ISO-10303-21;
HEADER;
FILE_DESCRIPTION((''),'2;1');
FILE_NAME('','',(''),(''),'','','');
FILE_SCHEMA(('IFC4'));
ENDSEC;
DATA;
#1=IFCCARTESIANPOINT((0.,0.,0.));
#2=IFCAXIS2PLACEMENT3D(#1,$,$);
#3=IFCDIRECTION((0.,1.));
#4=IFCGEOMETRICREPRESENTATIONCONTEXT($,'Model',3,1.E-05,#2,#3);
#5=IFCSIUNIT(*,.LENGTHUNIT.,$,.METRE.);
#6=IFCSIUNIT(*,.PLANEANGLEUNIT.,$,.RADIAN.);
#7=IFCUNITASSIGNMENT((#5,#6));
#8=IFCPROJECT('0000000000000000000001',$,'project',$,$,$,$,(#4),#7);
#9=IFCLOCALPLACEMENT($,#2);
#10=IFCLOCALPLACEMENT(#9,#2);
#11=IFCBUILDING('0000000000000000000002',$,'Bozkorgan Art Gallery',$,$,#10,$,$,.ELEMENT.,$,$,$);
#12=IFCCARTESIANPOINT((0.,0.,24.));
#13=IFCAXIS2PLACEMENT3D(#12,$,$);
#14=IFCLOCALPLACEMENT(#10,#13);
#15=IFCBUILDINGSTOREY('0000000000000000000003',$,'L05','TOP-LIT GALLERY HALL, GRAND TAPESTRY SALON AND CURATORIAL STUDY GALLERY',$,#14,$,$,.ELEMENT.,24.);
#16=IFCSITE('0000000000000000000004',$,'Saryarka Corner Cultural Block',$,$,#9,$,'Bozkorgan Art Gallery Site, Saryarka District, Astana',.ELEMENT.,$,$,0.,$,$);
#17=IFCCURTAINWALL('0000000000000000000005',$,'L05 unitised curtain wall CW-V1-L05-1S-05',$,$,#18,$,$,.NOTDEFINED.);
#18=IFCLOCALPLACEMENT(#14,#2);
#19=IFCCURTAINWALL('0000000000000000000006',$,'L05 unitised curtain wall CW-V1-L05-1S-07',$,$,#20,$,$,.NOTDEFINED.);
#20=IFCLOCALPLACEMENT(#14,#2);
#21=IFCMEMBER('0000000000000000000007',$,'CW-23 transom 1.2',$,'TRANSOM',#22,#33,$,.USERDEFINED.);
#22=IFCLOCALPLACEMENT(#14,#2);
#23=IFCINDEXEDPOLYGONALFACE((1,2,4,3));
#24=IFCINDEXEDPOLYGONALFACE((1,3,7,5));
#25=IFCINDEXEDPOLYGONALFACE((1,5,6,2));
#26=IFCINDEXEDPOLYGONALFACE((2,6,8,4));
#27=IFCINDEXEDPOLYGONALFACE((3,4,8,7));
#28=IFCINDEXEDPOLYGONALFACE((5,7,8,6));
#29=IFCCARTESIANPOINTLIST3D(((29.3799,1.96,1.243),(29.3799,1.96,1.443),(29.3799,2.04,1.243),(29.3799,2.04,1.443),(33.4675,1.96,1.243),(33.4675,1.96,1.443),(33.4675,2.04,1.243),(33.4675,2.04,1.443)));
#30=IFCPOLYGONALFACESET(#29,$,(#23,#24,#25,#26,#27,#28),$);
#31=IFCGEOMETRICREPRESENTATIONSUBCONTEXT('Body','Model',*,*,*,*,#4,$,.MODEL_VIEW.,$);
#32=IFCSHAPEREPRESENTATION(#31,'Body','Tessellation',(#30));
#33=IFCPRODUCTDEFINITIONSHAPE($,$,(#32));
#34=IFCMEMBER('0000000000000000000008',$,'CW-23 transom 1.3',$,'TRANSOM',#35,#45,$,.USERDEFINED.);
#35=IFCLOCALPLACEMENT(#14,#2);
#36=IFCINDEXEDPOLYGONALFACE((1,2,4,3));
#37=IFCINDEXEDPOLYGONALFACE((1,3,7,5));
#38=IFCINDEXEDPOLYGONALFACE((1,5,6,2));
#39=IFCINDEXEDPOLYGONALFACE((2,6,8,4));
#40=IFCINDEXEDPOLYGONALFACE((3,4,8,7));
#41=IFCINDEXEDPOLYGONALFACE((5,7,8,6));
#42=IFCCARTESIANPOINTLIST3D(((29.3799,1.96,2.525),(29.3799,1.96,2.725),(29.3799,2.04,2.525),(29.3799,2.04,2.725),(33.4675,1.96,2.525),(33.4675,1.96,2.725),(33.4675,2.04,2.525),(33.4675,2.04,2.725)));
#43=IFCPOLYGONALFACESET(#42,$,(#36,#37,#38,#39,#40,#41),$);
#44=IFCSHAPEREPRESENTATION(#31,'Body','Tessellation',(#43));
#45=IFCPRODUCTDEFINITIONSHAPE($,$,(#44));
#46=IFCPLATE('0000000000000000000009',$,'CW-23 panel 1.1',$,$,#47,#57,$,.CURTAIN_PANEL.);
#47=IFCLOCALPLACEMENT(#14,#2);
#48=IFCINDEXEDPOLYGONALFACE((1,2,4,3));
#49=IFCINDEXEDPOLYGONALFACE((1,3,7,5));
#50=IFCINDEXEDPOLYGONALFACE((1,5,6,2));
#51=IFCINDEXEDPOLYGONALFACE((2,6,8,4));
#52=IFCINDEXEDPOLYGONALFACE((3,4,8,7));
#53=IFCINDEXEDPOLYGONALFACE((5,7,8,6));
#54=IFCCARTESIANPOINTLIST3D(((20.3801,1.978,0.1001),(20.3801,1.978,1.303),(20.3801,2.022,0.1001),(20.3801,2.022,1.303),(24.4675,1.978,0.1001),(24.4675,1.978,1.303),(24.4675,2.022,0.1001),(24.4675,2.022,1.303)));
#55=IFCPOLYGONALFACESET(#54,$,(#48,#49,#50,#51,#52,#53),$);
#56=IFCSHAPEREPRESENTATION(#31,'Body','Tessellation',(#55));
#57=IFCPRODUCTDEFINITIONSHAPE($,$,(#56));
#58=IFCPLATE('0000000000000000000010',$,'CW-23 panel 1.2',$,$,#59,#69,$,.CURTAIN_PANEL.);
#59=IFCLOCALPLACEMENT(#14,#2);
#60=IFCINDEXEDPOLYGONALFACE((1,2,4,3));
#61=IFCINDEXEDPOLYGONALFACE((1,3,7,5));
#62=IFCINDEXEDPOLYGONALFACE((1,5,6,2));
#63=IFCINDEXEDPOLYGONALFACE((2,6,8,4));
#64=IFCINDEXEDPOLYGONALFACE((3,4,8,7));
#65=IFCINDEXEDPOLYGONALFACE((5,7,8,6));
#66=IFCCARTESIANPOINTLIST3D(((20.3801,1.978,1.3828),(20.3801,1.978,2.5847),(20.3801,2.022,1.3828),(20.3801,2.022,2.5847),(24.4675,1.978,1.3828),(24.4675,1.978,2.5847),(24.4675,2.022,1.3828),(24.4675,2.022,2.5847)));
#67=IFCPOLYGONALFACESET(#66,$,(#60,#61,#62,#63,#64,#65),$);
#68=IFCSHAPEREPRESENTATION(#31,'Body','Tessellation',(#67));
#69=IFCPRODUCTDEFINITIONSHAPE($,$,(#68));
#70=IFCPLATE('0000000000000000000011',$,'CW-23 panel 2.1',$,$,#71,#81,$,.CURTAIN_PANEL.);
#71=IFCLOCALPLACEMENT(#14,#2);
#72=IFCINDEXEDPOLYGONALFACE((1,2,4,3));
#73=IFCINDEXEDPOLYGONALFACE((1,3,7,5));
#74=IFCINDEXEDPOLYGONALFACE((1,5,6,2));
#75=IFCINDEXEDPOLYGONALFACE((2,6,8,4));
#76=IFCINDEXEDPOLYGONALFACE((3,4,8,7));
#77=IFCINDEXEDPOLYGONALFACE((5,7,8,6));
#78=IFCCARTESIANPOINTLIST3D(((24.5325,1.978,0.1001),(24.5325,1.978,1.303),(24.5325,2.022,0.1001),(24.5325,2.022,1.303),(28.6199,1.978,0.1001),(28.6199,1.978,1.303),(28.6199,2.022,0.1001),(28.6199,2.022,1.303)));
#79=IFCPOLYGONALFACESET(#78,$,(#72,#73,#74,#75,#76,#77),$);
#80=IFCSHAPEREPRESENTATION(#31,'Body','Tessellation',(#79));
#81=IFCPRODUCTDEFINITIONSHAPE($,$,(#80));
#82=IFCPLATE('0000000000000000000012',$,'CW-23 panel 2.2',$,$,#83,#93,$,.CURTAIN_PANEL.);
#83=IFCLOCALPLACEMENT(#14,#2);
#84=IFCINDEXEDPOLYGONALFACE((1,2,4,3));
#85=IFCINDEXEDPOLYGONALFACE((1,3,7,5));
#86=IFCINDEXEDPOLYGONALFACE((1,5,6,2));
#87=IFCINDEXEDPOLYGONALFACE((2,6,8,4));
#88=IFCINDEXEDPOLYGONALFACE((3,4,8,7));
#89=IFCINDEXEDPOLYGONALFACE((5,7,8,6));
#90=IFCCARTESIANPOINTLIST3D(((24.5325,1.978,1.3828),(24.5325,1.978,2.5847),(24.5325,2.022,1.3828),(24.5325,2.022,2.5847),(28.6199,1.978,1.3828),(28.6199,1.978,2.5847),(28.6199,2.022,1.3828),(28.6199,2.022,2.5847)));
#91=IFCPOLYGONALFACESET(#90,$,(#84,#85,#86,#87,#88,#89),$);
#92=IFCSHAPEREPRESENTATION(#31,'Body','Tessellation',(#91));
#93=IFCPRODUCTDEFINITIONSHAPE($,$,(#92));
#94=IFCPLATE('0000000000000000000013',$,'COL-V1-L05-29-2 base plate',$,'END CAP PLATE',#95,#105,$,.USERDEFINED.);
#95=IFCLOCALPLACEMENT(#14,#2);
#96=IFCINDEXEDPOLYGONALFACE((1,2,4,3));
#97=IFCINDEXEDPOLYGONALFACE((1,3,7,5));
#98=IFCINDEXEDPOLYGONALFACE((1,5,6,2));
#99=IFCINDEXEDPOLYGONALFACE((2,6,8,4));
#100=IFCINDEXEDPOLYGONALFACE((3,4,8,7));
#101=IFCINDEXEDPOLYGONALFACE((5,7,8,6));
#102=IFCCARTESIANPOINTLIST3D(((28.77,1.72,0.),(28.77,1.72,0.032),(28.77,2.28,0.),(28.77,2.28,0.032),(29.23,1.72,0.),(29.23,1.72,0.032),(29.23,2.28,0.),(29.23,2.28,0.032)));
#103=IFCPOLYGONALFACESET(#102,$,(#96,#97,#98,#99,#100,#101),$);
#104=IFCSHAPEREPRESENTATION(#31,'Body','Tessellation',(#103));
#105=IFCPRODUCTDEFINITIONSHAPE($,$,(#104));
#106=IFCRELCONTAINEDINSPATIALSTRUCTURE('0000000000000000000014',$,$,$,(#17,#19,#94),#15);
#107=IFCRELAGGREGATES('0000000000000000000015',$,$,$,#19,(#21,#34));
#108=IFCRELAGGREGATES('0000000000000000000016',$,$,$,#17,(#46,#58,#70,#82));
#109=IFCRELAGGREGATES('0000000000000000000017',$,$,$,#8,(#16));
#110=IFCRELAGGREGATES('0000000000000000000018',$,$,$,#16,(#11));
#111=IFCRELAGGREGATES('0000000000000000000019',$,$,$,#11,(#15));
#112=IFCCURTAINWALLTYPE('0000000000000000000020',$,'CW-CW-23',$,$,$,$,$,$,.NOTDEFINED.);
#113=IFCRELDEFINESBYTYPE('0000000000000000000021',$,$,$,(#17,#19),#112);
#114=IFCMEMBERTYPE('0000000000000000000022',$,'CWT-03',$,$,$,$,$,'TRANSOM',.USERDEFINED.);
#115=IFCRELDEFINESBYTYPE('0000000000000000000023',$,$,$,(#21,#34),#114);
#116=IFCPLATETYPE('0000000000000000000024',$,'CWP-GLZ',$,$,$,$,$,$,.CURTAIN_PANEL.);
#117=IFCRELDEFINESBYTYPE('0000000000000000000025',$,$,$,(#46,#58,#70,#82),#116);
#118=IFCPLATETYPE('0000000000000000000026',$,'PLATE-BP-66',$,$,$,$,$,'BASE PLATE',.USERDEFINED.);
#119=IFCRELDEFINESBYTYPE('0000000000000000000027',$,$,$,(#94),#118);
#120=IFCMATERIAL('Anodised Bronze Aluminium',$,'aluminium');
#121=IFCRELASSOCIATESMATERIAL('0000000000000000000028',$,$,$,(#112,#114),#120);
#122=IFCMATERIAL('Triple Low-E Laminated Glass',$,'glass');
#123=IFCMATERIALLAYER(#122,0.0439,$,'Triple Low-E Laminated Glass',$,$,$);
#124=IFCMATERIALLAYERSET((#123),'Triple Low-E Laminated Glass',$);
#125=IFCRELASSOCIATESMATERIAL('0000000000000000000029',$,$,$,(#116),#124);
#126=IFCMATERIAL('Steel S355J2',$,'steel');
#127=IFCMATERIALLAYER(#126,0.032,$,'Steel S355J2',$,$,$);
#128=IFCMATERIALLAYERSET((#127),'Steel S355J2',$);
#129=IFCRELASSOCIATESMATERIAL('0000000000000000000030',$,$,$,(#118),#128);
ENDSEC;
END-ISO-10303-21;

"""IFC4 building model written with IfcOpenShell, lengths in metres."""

from ifc_helpers import new_model, si_unit, direction, frame, origin, origin_2d, place, context, subcontext, project, spatial, rectangle, extrude, material, layer, layer_set, material_profile, profile_set, type_object, element, aggregate, save


model = new_model("IFC4")

# Units and contexts
model_context = context("Model", 3, precision=1e-05, world=origin(), true_north=direction((0.0, 1.0)))
body_context = subcontext(model_context, "Body", "Model", "MODEL_VIEW")
ifc_project = project(units=[si_unit("LENGTHUNIT", "METRE"), si_unit("PLANEANGLEUNIT", "RADIAN")], contexts=[model_context])

# Site, building, storey
site_placement = place(None, origin())
site = spatial("IfcSite", under=ifc_project, at=site_placement, Name="Saryarka Corner Cultural Block", LongName="Bozkorgan Art Gallery Site, Saryarka District, Astana", CompositionType="ELEMENT", RefElevation=0.0)
building_placement = place(site_placement, origin())
building = spatial("IfcBuilding", under=site, at=building_placement, Name="Bozkorgan Art Gallery", CompositionType="ELEMENT")
storey_placement = place(building_placement, frame((0.0, 0.0, 24.0)))
storey = spatial("IfcBuildingStorey", under=building, at=storey_placement, Name="L05", Description="TOP-LIT GALLERY HALL, GRAND TAPESTRY SALON AND CURATORIAL STUDY GALLERY", CompositionType="ELEMENT", Elevation=24.0)

# Shared definitions
ifc_material_1 = material(Name="Steel S355J2", Category="steel")

# Curtain wall
ifc_material_2 = material(Name="Anodised Bronze Aluminium", Category="aluminium")
curtain_wall_type = type_object("IfcCurtainWallType", Name="CW-CW-23", PredefinedType="NOTDEFINED", material=ifc_material_2)
curtain_wall_1_placement = place(storey_placement, origin())
curtain_wall_1 = element("IfcCurtainWall", 1, at=curtain_wall_1_placement, inside=storey, type_object=curtain_wall_type, Name="L05 unitised curtain wall CW-V1-L05-1S-05", PredefinedType="NOTDEFINED")

# Curtain wall
curtain_wall_2_placement = place(storey_placement, origin())
curtain_wall_2 = element("IfcCurtainWall", 2, at=curtain_wall_2_placement, inside=storey, type_object=curtain_wall_type, Name="L05 unitised curtain wall CW-V1-L05-1S-07", PredefinedType="NOTDEFINED")

# Members
ifc_material_profile_1 = material_profile(ifc_material_2, rectangle(XDim=0.0801, YDim=0.2, at=origin_2d()), Name="ALU TRANSOM 80x200")
ifc_profile_set_1 = profile_set([ifc_material_profile_1], Name="Anodised Bronze Aluminium")
member_type_1 = type_object("IfcMemberType", Name="CWT-03", ElementType="TRANSOM", PredefinedType="USERDEFINED", material=ifc_profile_set_1)
member_1_placement = place(storey_placement, frame((29.3799, 2.0, 1.343), z_axis=(1.0, 0.0, 0.0), x_axis=(0.0, 1.0, 0.0)))
member_1 = element("IfcMember", 3, at=member_1_placement, type_object=member_type_1, Name="CW-23 transom 1.2", ObjectType="TRANSOM", PredefinedType="USERDEFINED", context=body_context, shape_type="SweptSolid", body=[
    extrude(rectangle(XDim=0.0801, YDim=0.2, at=origin_2d()), origin(), (0.0, 0.0, 1.0), 4.0876),
])
member_2_placement = place(storey_placement, frame((29.3799, 2.0, 2.625), z_axis=(1.0, 0.0, 0.0), x_axis=(0.0, 1.0, 0.0)))
member_2 = element("IfcMember", 4, at=member_2_placement, type_object=member_type_1, Name="CW-23 transom 1.3", ObjectType="TRANSOM", PredefinedType="USERDEFINED", context=body_context, shape_type="SweptSolid", body=[
    extrude(rectangle(XDim=0.0801, YDim=0.2, at=origin_2d()), origin(), (0.0, 0.0, 1.0), 4.0876),
])
aggregate(curtain_wall_2, [member_1, member_2])

# Plates
ifc_material_3 = material(Name="Triple Low-E Laminated Glass", Category="glass")
ifc_layer_1 = layer(ifc_material_3, 0.0439, Name="Triple Low-E Laminated Glass")
ifc_layer_set_1 = layer_set([ifc_layer_1], Name="Triple Low-E Laminated Glass")
plate_type_1 = type_object("IfcPlateType", Name="CWP-GLZ", PredefinedType="CURTAIN_PANEL", material=ifc_layer_set_1)
plate_1_placement = place(storey_placement, frame((22.4238, 2.0, 0.1001), z_axis=(0.0, 0.0, 1.0), x_axis=(1.0, 0.0, 0.0)))
plate_1 = element("IfcPlate", 5, at=plate_1_placement, type_object=plate_type_1, Name="CW-23 panel 1.1", PredefinedType="CURTAIN_PANEL", context=body_context, shape_type="SweptSolid", body=[
    extrude(rectangle(XDim=4.0874, YDim=0.0439, at=origin_2d()), origin(), (0.0, 0.0, 1.0), 1.2029),
])
plate_2_placement = place(storey_placement, frame((22.4238, 2.0, 1.3828), z_axis=(0.0, 0.0, 1.0), x_axis=(1.0, 0.0, 0.0)))
plate_2 = element("IfcPlate", 6, at=plate_2_placement, type_object=plate_type_1, Name="CW-23 panel 1.2", PredefinedType="CURTAIN_PANEL", context=body_context, shape_type="SweptSolid", body=[
    extrude(rectangle(XDim=4.0874, YDim=0.0439, at=origin_2d()), origin(), (0.0, 0.0, 1.0), 1.2019),
])
plate_3_placement = place(storey_placement, frame((26.5762, 2.0, 0.1001), z_axis=(0.0, 0.0, 1.0), x_axis=(1.0, 0.0, 0.0)))
plate_3 = element("IfcPlate", 7, at=plate_3_placement, type_object=plate_type_1, Name="CW-23 panel 2.1", PredefinedType="CURTAIN_PANEL", context=body_context, shape_type="SweptSolid", body=[
    extrude(rectangle(XDim=4.0874, YDim=0.0439, at=origin_2d()), origin(), (0.0, 0.0, 1.0), 1.2029),
])
plate_4_placement = place(storey_placement, frame((26.5762, 2.0, 1.3828), z_axis=(0.0, 0.0, 1.0), x_axis=(1.0, 0.0, 0.0)))
plate_4 = element("IfcPlate", 8, at=plate_4_placement, type_object=plate_type_1, Name="CW-23 panel 2.2", PredefinedType="CURTAIN_PANEL", context=body_context, shape_type="SweptSolid", body=[
    extrude(rectangle(XDim=4.0874, YDim=0.0439, at=origin_2d()), origin(), (0.0, 0.0, 1.0), 1.2019),
])
aggregate(curtain_wall_1, [plate_1, plate_2, plate_3, plate_4])
ifc_layer_2 = layer(ifc_material_1, 0.032, Name="Steel S355J2")
ifc_layer_set_2 = layer_set([ifc_layer_2], Name="Steel S355J2")
plate_type_2 = type_object("IfcPlateType", Name="PLATE-BP-66", ElementType="BASE PLATE", PredefinedType="USERDEFINED", material=ifc_layer_set_2)
plate_5_placement = place(storey_placement, frame((29.0, 2.0, 0.0), z_axis=(0.0, 0.0, 1.0), x_axis=(1.0, 0.0, 0.0)))
element("IfcPlate", 9, at=plate_5_placement, inside=storey, type_object=plate_type_2, Name="COL-V1-L05-29-2 base plate", ObjectType="END CAP PLATE", PredefinedType="USERDEFINED", context=body_context, shape_type="SweptSolid", body=[
    extrude(rectangle(XDim=0.46, YDim=0.5601, at=origin_2d()), origin(), (0.0, 0.0, 1.0), 0.032),
])

save(model, "model.ifc")
